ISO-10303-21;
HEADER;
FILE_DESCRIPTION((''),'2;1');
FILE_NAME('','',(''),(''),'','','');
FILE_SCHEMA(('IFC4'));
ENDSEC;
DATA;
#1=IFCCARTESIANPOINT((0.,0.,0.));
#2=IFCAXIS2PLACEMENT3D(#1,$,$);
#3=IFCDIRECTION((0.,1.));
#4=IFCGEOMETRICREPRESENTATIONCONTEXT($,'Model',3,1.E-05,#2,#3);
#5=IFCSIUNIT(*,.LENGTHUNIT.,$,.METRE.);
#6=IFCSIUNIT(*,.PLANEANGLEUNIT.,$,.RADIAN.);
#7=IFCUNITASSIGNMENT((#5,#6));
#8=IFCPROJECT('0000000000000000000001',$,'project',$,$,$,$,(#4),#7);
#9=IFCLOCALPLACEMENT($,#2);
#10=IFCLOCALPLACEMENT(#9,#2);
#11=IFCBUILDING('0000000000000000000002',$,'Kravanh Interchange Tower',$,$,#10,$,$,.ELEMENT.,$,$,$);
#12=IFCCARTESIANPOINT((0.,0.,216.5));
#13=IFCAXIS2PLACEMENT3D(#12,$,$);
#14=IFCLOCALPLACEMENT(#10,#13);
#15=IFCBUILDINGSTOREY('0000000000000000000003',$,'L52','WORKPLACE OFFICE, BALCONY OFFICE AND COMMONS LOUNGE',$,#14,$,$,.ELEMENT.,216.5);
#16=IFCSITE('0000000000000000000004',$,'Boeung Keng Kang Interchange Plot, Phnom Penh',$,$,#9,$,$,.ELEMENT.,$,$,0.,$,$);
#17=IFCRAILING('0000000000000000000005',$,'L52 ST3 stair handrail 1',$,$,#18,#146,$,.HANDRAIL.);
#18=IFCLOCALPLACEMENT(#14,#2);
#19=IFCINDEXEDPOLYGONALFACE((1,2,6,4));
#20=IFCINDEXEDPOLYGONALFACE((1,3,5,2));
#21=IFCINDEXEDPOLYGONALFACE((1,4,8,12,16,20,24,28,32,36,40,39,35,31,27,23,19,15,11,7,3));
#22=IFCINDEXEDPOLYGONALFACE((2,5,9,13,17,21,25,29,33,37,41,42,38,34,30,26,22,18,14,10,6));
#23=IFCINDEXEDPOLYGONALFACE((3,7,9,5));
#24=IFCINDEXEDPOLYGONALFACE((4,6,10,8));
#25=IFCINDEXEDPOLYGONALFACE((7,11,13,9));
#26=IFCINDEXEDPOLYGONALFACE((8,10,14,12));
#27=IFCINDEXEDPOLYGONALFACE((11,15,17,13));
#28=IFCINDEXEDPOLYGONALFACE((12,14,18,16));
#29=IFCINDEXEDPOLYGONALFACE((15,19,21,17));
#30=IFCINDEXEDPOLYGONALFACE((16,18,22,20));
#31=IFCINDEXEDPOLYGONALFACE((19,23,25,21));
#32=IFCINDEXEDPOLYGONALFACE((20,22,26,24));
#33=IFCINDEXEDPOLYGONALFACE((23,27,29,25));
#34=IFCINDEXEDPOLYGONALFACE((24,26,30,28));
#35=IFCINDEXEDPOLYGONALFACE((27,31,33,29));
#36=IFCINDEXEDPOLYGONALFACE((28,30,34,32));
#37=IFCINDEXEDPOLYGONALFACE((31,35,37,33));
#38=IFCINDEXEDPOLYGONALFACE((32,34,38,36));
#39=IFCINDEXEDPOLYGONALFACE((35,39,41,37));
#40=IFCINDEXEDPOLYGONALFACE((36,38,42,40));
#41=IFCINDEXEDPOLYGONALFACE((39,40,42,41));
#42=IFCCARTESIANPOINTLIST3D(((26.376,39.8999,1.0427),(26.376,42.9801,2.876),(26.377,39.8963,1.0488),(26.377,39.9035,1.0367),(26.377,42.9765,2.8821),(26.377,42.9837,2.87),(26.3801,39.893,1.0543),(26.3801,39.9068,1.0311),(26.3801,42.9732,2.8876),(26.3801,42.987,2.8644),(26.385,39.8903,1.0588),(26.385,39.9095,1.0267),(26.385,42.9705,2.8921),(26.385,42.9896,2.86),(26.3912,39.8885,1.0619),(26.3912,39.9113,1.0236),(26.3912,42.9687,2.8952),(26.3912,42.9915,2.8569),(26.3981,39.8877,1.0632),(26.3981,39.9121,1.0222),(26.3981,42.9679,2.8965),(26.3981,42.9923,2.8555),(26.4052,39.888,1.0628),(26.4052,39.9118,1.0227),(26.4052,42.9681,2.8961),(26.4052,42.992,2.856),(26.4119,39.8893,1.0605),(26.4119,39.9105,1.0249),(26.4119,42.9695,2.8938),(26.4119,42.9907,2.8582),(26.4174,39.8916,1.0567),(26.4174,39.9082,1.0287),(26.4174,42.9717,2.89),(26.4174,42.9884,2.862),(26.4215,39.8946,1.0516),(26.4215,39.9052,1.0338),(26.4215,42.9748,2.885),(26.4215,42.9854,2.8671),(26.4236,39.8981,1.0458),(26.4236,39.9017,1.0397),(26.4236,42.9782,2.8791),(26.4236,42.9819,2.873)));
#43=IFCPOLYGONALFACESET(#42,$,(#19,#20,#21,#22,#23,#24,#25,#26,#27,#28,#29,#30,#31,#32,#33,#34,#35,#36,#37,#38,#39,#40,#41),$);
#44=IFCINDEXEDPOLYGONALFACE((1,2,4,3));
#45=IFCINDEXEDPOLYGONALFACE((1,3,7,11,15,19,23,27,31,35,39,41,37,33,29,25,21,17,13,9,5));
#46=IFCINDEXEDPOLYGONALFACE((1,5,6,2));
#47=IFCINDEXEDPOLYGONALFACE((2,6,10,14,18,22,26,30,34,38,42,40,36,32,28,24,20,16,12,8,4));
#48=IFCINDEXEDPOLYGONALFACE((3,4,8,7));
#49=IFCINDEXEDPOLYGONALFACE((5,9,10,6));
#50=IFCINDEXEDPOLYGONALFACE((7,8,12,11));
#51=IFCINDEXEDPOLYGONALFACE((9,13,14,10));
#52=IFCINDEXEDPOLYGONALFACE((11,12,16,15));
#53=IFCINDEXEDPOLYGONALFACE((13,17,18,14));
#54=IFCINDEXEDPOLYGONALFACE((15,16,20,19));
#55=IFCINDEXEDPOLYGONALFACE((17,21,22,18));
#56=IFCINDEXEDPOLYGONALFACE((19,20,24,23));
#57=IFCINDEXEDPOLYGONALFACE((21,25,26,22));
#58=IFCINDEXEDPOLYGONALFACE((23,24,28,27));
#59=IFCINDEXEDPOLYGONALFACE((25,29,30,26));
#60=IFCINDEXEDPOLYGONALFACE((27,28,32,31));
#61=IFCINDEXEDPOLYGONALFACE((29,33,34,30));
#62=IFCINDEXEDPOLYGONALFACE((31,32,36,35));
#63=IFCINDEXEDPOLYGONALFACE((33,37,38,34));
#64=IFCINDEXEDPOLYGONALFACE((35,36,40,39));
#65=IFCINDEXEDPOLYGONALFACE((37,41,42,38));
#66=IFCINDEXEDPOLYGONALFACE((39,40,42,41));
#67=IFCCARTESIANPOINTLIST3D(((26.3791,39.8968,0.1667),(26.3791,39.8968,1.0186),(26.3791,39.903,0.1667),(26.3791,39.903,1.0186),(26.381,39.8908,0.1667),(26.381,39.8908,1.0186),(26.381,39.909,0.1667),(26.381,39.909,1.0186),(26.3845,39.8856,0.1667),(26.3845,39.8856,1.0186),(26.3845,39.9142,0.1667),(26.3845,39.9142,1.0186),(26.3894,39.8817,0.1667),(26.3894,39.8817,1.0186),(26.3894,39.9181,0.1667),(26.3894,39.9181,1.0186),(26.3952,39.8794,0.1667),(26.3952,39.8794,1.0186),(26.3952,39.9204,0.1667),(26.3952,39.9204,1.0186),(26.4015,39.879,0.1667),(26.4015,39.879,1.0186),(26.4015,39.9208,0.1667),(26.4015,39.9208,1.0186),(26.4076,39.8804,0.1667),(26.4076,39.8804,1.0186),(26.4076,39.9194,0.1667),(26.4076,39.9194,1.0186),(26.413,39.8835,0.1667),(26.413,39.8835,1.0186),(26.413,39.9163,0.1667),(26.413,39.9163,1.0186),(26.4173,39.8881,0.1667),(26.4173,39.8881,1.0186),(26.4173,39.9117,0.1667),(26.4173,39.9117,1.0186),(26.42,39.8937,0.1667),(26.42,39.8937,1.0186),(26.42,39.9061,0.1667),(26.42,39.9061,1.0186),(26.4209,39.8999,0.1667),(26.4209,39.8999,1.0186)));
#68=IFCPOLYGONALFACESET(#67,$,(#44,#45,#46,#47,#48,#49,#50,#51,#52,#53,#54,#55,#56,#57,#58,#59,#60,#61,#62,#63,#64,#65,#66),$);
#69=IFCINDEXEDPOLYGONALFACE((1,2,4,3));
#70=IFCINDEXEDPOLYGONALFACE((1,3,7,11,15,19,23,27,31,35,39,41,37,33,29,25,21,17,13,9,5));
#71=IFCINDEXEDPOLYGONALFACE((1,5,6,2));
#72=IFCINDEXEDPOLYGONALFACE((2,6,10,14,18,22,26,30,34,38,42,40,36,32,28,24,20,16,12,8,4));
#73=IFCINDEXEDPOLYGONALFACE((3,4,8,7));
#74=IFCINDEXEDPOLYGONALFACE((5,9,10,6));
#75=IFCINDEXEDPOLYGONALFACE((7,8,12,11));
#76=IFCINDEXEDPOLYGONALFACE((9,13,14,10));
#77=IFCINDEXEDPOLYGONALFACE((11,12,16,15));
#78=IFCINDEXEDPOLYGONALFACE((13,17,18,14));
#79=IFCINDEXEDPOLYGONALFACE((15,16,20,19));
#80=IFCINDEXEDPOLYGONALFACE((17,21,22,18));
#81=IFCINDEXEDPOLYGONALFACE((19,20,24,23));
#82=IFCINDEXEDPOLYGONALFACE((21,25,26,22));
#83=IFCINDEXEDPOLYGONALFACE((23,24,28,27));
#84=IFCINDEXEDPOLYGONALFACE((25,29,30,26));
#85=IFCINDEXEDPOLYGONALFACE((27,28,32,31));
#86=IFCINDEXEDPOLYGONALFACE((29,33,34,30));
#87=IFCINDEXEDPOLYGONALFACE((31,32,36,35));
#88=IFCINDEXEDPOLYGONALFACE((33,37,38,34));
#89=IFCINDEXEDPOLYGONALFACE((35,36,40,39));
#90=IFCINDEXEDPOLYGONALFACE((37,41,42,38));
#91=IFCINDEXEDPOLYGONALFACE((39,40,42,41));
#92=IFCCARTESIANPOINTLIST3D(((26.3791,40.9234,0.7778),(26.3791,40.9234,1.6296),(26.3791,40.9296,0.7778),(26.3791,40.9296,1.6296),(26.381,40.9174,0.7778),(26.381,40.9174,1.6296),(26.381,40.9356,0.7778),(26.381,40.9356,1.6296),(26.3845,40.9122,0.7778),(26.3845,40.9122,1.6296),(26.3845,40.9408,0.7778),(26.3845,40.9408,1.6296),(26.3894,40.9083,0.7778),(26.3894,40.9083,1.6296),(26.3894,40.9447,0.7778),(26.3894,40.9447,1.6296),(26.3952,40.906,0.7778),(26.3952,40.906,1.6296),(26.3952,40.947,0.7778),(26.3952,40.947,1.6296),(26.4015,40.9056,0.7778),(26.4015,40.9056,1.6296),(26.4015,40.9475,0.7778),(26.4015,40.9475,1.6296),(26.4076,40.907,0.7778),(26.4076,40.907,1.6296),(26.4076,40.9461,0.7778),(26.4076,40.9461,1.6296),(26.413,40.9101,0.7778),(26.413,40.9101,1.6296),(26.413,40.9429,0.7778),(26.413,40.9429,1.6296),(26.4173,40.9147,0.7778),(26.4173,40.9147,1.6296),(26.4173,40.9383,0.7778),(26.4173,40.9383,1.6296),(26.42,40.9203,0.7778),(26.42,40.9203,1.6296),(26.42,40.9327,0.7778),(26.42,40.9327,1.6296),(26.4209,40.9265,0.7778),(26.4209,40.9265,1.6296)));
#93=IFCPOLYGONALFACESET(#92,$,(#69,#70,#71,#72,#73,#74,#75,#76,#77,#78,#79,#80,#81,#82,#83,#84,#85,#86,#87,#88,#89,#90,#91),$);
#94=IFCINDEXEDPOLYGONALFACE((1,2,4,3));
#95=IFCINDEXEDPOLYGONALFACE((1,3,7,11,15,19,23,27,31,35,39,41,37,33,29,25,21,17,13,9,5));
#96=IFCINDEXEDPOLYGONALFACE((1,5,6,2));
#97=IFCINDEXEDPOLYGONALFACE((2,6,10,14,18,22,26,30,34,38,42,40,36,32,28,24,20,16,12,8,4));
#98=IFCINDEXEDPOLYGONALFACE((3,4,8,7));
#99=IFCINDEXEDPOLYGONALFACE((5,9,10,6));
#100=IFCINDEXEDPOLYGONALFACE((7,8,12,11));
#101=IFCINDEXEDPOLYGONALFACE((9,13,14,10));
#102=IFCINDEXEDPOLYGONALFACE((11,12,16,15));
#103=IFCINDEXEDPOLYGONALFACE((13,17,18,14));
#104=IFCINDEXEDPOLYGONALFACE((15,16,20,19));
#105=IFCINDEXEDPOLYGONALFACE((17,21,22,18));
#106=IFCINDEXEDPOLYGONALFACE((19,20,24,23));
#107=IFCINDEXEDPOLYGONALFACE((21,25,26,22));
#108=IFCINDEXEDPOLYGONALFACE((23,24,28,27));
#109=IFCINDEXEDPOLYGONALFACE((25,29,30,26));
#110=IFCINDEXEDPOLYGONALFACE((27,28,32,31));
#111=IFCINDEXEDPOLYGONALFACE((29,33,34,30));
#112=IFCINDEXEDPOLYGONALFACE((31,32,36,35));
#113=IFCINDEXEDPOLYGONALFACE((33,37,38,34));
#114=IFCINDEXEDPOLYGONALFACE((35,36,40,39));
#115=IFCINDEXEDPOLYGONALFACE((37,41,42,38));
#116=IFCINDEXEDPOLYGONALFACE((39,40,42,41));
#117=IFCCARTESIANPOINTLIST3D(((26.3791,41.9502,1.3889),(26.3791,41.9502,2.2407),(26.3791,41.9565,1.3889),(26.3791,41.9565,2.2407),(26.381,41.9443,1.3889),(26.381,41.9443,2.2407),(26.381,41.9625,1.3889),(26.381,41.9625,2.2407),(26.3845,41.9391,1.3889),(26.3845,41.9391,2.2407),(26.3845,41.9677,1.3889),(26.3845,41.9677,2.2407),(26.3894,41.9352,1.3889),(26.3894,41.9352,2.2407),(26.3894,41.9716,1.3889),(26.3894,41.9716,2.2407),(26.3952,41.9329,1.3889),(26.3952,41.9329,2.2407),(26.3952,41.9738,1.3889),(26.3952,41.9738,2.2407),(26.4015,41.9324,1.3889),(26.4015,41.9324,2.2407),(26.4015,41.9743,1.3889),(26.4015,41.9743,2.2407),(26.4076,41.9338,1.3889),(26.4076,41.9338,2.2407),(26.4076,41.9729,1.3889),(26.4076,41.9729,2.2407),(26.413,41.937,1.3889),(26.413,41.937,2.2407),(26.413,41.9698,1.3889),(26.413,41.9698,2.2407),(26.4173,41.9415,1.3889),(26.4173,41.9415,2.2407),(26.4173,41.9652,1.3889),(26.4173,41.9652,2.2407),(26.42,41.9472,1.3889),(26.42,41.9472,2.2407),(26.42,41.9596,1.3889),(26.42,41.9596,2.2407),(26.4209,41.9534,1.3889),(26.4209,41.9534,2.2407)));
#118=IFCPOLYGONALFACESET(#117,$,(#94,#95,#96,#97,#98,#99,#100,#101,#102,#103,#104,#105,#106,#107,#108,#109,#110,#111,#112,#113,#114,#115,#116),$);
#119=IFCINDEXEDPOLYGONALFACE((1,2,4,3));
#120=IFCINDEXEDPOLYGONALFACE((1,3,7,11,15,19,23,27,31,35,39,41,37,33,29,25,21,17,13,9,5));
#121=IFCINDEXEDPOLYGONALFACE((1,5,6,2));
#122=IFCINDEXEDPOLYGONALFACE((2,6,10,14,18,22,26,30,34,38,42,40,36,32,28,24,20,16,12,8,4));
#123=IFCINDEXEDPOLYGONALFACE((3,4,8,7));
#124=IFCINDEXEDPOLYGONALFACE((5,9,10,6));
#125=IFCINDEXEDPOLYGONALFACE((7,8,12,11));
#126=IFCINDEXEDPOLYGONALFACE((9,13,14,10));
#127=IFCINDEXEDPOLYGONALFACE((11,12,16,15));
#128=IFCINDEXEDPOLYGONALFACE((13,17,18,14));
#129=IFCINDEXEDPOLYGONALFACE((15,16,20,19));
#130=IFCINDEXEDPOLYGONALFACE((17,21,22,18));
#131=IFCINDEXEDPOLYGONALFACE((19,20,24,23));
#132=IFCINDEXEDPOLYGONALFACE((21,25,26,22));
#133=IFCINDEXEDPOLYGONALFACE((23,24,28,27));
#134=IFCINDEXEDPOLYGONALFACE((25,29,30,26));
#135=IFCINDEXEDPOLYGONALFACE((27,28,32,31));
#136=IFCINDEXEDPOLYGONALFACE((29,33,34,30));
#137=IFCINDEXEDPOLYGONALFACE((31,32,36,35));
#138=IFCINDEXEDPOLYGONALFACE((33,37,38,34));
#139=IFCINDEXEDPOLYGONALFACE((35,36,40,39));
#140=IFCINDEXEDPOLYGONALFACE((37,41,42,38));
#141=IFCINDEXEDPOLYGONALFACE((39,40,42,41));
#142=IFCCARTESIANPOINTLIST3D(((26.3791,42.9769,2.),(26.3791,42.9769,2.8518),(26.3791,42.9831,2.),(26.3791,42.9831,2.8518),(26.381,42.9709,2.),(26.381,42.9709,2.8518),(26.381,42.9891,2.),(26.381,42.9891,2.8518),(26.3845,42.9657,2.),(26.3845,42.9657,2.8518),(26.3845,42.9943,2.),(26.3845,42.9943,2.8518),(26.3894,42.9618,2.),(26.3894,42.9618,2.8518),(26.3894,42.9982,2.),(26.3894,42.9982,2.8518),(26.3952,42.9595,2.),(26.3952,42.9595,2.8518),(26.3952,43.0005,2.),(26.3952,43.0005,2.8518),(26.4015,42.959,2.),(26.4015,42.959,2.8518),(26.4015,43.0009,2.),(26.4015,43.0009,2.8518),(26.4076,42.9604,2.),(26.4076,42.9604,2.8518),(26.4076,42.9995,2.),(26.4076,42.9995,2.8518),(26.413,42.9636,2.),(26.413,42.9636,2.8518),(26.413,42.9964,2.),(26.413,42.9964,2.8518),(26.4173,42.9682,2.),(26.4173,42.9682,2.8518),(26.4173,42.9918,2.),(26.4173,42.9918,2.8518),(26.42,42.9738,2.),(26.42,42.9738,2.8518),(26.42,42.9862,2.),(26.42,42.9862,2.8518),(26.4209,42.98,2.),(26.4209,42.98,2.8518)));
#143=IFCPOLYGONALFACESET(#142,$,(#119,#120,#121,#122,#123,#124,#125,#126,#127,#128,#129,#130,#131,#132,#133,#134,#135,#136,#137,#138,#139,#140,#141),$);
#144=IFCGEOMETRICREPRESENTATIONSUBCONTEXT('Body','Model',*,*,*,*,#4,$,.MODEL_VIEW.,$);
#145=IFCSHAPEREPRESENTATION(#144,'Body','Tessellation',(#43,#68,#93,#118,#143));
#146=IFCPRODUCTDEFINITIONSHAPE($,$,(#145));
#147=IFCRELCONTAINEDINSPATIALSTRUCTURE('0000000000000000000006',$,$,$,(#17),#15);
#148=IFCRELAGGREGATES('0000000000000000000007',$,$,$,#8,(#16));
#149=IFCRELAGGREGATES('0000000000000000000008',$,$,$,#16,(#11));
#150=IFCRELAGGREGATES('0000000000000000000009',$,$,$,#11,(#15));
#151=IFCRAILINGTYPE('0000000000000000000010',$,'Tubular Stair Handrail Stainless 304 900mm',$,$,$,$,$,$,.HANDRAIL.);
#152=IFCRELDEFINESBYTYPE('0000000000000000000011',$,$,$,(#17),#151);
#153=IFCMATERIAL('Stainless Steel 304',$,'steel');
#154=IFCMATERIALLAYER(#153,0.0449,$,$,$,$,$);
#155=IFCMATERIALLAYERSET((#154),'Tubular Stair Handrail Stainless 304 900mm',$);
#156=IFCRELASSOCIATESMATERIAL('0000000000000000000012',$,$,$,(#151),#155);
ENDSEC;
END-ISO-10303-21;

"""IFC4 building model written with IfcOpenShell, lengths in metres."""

from ifc_helpers import new_model, si_unit, direction, frame, origin, origin_2d, place, context, subcontext, project, spatial, circle, extrude, material, layer, layer_set, type_object, element, save


model = new_model("IFC4")

# Units and contexts
model_context = context("Model", 3, precision=1e-05, world=origin(), true_north=direction((0.0, 1.0)))
body_context = subcontext(model_context, "Body", "Model", "MODEL_VIEW")
ifc_project = project(units=[si_unit("LENGTHUNIT", "METRE"), si_unit("PLANEANGLEUNIT", "RADIAN")], contexts=[model_context])

# Site, building, storey
site_placement = place(None, origin())
site = spatial("IfcSite", under=ifc_project, at=site_placement, Name="Boeung Keng Kang Interchange Plot, Phnom Penh", CompositionType="ELEMENT", RefElevation=0.0)
building_placement = place(site_placement, origin())
building = spatial("IfcBuilding", under=site, at=building_placement, Name="Kravanh Interchange Tower", CompositionType="ELEMENT")
storey_placement = place(building_placement, frame((0.0, 0.0, 216.5)))
storey = spatial("IfcBuildingStorey", under=building, at=storey_placement, Name="L52", Description="WORKPLACE OFFICE, BALCONY OFFICE AND COMMONS LOUNGE", CompositionType="ELEMENT", Elevation=216.5)

# Railing
ifc_material_1 = material(Name="Stainless Steel 304", Category="steel")
ifc_layer_1 = layer(ifc_material_1, 0.0449)
ifc_layer_set_1 = layer_set([ifc_layer_1], Name="Tubular Stair Handrail Stainless 304 900mm")
railing_type_1 = type_object("IfcRailingType", Name="Tubular Stair Handrail Stainless 304 900mm", PredefinedType="HANDRAIL", material=ifc_layer_set_1)
railing_1_placement = place(storey_placement, frame((26.3999, 39.8999, 0.1667)))
element("IfcRailing", 1, at=railing_1_placement, inside=storey, type_object=railing_type_1, Name="L52 ST3 stair handrail 1", PredefinedType="HANDRAIL", context=body_context, shape_type="SweptSolid", body=[
    extrude(circle(Radius=0.0239, at=origin_2d()), frame((0.0, 0.0, 0.876), z_axis=(0.0, 0.859309, 0.511458), x_axis=(-1.0, 0.0, 0.0)), (0.0, 0.0, 1.0), 3.5845),
    extrude(circle(Radius=0.021, at=origin_2d()), origin(), (0.0, 0.0, 1.0), 0.8518),
    extrude(circle(Radius=0.021, at=origin_2d()), frame((0.0, 1.0266, 0.6111)), (0.0, 0.0, 1.0), 0.8518),
    extrude(circle(Radius=0.021, at=origin_2d()), frame((0.0, 2.0535, 1.2222)), (0.0, 0.0, 1.0), 0.8518),
    extrude(circle(Radius=0.021, at=origin_2d()), frame((0.0, 3.0801, 1.8333)), (0.0, 0.0, 1.0), 0.8518),
])

save(model, "model.ifc")
